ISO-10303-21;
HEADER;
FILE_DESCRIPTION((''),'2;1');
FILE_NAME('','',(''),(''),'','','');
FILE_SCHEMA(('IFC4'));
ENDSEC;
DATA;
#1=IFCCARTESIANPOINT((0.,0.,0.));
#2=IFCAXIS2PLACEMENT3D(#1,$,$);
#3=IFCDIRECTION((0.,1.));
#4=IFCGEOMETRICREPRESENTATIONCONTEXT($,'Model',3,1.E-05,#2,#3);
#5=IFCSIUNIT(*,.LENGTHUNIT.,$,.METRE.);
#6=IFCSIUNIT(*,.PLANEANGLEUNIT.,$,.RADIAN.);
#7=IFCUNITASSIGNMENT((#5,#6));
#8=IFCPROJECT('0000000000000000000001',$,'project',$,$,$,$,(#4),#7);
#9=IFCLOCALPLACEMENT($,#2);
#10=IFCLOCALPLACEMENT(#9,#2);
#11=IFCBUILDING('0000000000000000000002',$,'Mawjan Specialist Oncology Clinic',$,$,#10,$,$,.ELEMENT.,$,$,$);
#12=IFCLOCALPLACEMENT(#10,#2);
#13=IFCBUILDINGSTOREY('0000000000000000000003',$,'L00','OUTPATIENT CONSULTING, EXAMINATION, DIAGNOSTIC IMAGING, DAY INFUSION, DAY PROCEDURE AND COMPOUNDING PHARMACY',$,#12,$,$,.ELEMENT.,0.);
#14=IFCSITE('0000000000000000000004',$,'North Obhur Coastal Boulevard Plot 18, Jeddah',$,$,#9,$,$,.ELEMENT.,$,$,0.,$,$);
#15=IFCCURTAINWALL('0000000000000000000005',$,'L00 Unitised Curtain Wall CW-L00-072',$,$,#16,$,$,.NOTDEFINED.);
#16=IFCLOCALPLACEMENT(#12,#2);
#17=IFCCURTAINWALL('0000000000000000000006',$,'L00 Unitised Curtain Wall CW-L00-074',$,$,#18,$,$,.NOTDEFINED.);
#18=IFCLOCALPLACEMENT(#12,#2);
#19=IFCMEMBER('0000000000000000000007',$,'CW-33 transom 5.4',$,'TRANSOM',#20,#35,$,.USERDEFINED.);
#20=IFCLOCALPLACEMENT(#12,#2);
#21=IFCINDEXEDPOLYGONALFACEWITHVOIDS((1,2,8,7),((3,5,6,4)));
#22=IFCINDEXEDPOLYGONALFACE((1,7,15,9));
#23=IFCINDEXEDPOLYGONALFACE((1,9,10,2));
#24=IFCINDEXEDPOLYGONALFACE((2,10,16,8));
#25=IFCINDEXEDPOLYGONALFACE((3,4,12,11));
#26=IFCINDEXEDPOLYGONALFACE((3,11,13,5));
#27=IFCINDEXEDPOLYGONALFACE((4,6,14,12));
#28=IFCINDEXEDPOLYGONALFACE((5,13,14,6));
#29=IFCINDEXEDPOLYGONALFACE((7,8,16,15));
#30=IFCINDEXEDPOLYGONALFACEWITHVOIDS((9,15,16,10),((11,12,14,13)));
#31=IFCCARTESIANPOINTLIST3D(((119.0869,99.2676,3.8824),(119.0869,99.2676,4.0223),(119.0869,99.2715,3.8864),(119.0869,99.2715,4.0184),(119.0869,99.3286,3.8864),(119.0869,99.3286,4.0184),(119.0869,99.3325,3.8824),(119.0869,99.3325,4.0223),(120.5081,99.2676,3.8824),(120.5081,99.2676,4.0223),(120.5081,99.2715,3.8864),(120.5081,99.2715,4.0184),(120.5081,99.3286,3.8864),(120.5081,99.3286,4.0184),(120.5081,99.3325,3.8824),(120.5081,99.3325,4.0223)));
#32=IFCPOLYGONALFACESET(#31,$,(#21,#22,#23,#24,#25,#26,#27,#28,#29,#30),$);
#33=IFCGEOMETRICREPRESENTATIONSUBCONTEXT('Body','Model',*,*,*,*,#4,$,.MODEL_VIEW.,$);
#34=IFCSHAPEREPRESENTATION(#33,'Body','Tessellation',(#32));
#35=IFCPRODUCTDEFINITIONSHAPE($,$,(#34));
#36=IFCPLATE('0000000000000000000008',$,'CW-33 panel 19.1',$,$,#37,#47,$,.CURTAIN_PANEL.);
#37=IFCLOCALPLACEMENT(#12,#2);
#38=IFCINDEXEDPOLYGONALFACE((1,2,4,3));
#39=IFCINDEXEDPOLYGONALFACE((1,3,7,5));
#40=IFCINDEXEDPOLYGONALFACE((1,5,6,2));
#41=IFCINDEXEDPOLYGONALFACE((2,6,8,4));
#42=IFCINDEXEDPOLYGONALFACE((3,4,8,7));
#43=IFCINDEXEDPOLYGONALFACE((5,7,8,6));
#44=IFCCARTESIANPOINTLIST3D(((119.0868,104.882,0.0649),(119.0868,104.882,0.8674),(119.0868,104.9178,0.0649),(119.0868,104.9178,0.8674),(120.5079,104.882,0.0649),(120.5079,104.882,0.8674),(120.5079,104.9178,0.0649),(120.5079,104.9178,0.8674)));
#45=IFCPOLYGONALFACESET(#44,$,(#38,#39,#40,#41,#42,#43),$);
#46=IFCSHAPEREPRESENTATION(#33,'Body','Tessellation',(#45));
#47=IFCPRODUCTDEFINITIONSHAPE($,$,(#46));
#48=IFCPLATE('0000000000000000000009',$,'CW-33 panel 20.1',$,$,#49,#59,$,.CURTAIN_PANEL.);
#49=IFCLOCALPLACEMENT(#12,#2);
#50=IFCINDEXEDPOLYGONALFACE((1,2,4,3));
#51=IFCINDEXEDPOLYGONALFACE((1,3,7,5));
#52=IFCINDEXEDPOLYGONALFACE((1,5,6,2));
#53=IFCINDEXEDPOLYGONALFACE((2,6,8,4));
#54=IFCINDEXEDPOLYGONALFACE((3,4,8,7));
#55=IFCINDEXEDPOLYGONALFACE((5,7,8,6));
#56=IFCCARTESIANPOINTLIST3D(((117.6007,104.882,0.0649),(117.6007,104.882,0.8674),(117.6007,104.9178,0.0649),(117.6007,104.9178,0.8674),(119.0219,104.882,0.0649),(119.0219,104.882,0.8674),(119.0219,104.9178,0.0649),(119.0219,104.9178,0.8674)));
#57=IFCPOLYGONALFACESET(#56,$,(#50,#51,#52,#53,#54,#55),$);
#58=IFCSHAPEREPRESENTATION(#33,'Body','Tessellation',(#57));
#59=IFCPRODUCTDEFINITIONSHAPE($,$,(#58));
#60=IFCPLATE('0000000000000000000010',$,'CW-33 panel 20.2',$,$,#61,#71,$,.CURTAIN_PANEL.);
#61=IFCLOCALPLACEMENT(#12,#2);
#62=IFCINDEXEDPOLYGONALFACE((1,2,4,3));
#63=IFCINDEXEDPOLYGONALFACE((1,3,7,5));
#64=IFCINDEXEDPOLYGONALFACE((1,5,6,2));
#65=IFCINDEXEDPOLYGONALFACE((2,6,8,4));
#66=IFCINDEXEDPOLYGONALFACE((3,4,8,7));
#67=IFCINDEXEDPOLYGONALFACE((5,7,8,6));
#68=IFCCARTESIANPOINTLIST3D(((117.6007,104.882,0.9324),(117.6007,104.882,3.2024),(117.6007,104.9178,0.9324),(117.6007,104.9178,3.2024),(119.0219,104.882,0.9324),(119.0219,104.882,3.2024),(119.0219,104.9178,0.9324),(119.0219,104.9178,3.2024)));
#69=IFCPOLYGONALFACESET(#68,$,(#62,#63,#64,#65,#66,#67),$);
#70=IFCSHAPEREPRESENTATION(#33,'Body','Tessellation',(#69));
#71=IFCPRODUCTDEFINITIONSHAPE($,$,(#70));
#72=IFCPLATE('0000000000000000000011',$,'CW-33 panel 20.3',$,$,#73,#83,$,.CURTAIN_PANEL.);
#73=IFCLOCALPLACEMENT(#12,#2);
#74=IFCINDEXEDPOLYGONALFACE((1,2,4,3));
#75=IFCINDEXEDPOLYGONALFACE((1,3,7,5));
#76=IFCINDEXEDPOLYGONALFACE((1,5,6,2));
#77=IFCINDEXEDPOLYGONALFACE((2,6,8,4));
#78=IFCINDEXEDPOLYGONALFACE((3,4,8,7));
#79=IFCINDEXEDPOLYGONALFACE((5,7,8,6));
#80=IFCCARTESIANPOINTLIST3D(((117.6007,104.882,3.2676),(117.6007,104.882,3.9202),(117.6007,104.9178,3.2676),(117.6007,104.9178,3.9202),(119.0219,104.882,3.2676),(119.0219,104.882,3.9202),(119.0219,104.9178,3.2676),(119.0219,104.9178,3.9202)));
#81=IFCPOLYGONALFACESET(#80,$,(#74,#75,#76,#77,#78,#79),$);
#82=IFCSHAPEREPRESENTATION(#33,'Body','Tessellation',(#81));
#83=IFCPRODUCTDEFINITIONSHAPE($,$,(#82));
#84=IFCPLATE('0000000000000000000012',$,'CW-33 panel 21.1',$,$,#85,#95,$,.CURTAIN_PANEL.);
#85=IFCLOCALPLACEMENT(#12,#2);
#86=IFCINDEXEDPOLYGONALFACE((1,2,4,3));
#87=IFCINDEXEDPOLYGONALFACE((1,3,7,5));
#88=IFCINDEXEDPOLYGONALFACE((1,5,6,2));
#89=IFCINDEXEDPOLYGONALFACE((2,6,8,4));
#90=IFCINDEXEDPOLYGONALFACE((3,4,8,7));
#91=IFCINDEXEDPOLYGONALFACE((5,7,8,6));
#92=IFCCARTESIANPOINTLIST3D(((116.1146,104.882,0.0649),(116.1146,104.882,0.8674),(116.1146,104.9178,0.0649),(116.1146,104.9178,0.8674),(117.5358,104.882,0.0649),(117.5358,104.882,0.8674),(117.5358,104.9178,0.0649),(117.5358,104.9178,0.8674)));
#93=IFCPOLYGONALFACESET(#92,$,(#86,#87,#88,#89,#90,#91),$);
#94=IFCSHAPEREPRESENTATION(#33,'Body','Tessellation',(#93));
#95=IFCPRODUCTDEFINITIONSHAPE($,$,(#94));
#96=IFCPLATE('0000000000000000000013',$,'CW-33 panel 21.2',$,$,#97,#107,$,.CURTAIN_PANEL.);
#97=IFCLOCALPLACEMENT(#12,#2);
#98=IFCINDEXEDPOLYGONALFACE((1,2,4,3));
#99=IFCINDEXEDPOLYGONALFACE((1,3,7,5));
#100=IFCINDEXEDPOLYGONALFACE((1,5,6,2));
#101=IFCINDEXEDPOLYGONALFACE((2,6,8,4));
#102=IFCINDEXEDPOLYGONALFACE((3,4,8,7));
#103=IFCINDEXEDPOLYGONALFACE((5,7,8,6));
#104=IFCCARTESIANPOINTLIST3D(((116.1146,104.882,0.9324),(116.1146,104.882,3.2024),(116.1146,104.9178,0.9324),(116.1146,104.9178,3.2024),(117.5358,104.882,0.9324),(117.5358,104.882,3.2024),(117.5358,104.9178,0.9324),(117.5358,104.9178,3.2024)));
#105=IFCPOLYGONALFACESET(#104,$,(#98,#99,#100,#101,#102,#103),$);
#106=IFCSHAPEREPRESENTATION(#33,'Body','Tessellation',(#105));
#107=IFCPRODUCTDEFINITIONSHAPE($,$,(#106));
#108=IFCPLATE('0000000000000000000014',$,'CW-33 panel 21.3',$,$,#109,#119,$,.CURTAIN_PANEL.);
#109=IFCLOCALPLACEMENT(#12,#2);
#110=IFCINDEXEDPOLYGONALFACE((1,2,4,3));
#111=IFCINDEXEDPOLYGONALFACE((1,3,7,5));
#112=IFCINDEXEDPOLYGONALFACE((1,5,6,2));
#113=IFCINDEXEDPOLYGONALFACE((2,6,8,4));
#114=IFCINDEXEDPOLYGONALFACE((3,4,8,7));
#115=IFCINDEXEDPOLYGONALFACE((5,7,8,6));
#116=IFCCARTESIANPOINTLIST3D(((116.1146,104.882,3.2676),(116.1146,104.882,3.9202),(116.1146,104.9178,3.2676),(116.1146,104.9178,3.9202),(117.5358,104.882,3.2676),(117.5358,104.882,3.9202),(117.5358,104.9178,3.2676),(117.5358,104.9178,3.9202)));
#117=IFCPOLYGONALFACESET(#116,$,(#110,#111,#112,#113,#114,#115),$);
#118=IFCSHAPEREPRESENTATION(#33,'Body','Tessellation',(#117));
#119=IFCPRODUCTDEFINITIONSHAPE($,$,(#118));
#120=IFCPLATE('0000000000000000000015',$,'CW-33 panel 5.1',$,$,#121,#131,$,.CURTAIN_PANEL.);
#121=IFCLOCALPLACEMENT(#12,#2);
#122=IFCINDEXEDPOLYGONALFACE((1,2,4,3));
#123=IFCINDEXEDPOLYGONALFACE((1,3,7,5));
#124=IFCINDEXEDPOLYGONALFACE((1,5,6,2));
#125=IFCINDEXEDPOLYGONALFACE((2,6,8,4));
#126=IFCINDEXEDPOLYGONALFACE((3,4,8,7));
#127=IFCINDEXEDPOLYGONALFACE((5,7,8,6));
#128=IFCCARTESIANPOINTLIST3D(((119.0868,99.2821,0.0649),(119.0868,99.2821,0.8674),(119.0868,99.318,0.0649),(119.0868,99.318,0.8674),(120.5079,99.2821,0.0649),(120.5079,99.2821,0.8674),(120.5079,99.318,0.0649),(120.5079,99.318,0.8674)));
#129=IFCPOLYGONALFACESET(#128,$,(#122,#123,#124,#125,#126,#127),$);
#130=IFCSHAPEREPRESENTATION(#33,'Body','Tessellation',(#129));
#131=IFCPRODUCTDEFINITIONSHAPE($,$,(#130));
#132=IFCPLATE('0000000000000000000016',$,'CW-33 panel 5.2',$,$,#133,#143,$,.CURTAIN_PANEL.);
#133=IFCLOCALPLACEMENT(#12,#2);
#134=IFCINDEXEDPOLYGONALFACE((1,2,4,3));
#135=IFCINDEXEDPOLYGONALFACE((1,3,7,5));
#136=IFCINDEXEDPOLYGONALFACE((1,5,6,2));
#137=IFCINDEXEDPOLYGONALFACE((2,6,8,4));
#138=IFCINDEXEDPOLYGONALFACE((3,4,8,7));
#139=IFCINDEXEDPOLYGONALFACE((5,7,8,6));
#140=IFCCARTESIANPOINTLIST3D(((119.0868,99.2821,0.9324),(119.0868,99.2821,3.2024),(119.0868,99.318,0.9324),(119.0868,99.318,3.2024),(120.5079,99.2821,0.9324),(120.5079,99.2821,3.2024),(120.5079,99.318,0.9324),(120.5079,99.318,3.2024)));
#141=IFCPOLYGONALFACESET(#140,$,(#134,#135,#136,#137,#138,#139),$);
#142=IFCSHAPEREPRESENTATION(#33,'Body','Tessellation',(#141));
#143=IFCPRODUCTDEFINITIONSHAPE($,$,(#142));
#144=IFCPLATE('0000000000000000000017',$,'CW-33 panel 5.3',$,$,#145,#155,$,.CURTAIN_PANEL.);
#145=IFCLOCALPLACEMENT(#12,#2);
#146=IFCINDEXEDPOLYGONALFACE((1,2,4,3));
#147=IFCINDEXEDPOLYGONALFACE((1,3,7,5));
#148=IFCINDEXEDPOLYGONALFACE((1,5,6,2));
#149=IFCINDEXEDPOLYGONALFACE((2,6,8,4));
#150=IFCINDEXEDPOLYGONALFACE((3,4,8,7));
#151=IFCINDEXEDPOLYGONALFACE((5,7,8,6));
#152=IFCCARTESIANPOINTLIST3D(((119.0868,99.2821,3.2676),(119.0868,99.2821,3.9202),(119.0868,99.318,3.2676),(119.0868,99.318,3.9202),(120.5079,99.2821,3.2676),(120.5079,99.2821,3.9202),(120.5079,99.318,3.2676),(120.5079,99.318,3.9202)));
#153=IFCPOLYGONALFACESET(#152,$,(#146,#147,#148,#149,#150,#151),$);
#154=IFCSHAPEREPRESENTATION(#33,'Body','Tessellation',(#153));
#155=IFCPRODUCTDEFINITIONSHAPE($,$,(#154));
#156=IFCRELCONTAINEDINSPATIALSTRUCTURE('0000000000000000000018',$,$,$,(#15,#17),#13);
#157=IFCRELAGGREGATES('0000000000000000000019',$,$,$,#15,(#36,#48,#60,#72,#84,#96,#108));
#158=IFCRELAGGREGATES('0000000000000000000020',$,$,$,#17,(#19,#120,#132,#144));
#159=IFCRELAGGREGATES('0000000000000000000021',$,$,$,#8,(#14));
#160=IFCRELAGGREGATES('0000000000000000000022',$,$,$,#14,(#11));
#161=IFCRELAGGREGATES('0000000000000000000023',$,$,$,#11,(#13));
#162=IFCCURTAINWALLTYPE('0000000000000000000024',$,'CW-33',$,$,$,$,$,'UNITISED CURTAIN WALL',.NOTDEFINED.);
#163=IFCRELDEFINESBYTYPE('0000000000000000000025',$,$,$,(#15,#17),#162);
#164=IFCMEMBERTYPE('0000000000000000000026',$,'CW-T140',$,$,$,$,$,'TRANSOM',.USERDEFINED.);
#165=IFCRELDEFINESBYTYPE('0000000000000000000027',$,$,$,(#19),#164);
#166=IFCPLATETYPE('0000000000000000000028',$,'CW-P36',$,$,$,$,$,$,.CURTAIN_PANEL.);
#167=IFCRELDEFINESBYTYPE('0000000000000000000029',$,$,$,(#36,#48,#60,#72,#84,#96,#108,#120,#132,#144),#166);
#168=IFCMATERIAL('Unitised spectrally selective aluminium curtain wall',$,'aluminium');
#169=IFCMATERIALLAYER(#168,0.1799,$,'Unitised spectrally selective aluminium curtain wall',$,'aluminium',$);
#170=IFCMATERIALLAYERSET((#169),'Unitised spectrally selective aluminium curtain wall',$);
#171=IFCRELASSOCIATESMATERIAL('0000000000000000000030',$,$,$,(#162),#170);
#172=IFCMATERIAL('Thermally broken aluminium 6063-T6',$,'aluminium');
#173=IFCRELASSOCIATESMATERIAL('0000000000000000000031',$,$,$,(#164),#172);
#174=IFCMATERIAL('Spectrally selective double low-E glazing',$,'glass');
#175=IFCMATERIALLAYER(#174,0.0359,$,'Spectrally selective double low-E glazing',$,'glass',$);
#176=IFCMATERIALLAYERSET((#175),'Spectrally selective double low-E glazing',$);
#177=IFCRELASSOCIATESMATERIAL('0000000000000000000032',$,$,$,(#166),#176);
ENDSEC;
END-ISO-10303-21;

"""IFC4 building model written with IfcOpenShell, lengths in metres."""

from ifc_helpers import new_model, si_unit, direction, frame, origin, origin_2d, place, context, subcontext, project, spatial, rectangle, hollow_rectangle, extrude, material, layer, layer_set, material_profile, profile_set, type_object, element, aggregate, save


model = new_model("IFC4")

# Units and contexts
model_context = context("Model", 3, precision=1e-05, world=origin(), true_north=direction((0.0, 1.0)))
body_context = subcontext(model_context, "Body", "Model", "MODEL_VIEW")
ifc_project = project(units=[si_unit("LENGTHUNIT", "METRE"), si_unit("PLANEANGLEUNIT", "RADIAN")], contexts=[model_context])

# Site, building, storey
site_placement = place(None, origin())
site = spatial("IfcSite", under=ifc_project, at=site_placement, Name="North Obhur Coastal Boulevard Plot 18, Jeddah", CompositionType="ELEMENT", RefElevation=0.0)
building_placement = place(site_placement, origin())
building = spatial("IfcBuilding", under=site, at=building_placement, Name="Mawjan Specialist Oncology Clinic", CompositionType="ELEMENT")
storey_placement = place(building_placement, origin())
storey = spatial("IfcBuildingStorey", under=building, at=storey_placement, Name="L00", Description="OUTPATIENT CONSULTING, EXAMINATION, DIAGNOSTIC IMAGING, DAY INFUSION, DAY PROCEDURE AND COMPOUNDING PHARMACY", CompositionType="ELEMENT", Elevation=0.0)

# Curtain walls, member
ifc_material_1 = material(Name="Unitised spectrally selective aluminium curtain wall", Category="aluminium")
ifc_layer_1 = layer(ifc_material_1, 0.1799, Name="Unitised spectrally selective aluminium curtain wall", Category="aluminium")
ifc_layer_set_1 = layer_set([ifc_layer_1], Name="Unitised spectrally selective aluminium curtain wall")
curtain_wall_type = type_object("IfcCurtainWallType", Name="CW-33", ElementType="UNITISED CURTAIN WALL", PredefinedType="NOTDEFINED", material=ifc_layer_set_1)
curtain_wall_1_placement = place(storey_placement, origin())
curtain_wall_1 = element("IfcCurtainWall", 1, at=curtain_wall_1_placement, inside=storey, type_object=curtain_wall_type, Name="L00 Unitised Curtain Wall CW-L00-072", PredefinedType="NOTDEFINED")
ifc_material_2 = material(Name="Thermally broken aluminium 6063-T6", Category="aluminium")
ifc_material_profile_1 = material_profile(ifc_material_2, hollow_rectangle(XDim=0.0649, YDim=0.1399, WallThickness=0.0039, at=origin_2d()), Name="ALU TRANSOM 140x65x4", Category="aluminium")
ifc_profile_set_1 = profile_set([ifc_material_profile_1], Name="Thermally broken aluminium 6063-T6")
member_type_1 = type_object("IfcMemberType", Name="CW-T140", ElementType="TRANSOM", PredefinedType="USERDEFINED", material=ifc_profile_set_1)
curtain_wall_2_placement = place(storey_placement, origin())
curtain_wall_2 = element("IfcCurtainWall", 2, at=curtain_wall_2_placement, inside=storey, type_object=curtain_wall_type, Name="L00 Unitised Curtain Wall CW-L00-074", PredefinedType="NOTDEFINED")
member_1_placement = place(storey_placement, frame((119.0869, 99.3, 3.9524), z_axis=(1.0, 0.0, 0.0), x_axis=(0.0, 1.0, 0.0)))
member_1 = element("IfcMember", 3, at=member_1_placement, type_object=member_type_1, Name="CW-33 transom 5.4", ObjectType="TRANSOM", PredefinedType="USERDEFINED", context=body_context, shape_type="SweptSolid", body=[
    extrude(hollow_rectangle(XDim=0.0649, YDim=0.1399, WallThickness=0.0039, at=origin_2d()), origin(), (0.0, 0.0, 1.0), 1.4211),
])

# Plates
ifc_material_3 = material(Name="Spectrally selective double low-E glazing", Category="glass")
ifc_layer_2 = layer(ifc_material_3, 0.0359, Name="Spectrally selective double low-E glazing", Category="glass")
ifc_layer_set_2 = layer_set([ifc_layer_2], Name="Spectrally selective double low-E glazing")
plate_type = type_object("IfcPlateType", Name="CW-P36", PredefinedType="CURTAIN_PANEL", material=ifc_layer_set_2)
plate_1_placement = place(storey_placement, frame((119.7974, 104.8999, 0.0649), z_axis=(0.0, 0.0, 1.0), x_axis=(-1.0, 0.0, 0.0)))
plate_1 = element("IfcPlate", 4, at=plate_1_placement, type_object=plate_type, Name="CW-33 panel 19.1", PredefinedType="CURTAIN_PANEL", context=body_context, shape_type="SweptSolid", body=[
    extrude(rectangle(XDim=1.4211, YDim=0.0359, at=origin_2d()), origin(), (0.0, 0.0, 1.0), 0.8025),
])
plate_2_placement = place(storey_placement, frame((118.3113, 104.8999, 0.0649), z_axis=(0.0, 0.0, 1.0), x_axis=(-1.0, 0.0, 0.0)))
plate_2 = element("IfcPlate", 5, at=plate_2_placement, type_object=plate_type, Name="CW-33 panel 20.1", PredefinedType="CURTAIN_PANEL", context=body_context, shape_type="SweptSolid", body=[
    extrude(rectangle(XDim=1.4211, YDim=0.0359, at=origin_2d()), origin(), (0.0, 0.0, 1.0), 0.8025),
])
plate_3_placement = place(storey_placement, frame((118.3113, 104.8999, 0.9324), z_axis=(0.0, 0.0, 1.0), x_axis=(-1.0, 0.0, 0.0)))
plate_3 = element("IfcPlate", 6, at=plate_3_placement, type_object=plate_type, Name="CW-33 panel 20.2", PredefinedType="CURTAIN_PANEL", context=body_context, shape_type="SweptSolid", body=[
    extrude(rectangle(XDim=1.4211, YDim=0.0359, at=origin_2d()), origin(), (0.0, 0.0, 1.0), 2.27),
])
plate_4_placement = place(storey_placement, frame((118.3113, 104.8999, 3.2676), z_axis=(0.0, 0.0, 1.0), x_axis=(-1.0, 0.0, 0.0)))
plate_4 = element("IfcPlate", 7, at=plate_4_placement, type_object=plate_type, Name="CW-33 panel 20.3", PredefinedType="CURTAIN_PANEL", context=body_context, shape_type="SweptSolid", body=[
    extrude(rectangle(XDim=1.4211, YDim=0.0359, at=origin_2d()), origin(), (0.0, 0.0, 1.0), 0.6526),
])
plate_5_placement = place(storey_placement, frame((116.8252, 104.8999, 0.0649), z_axis=(0.0, 0.0, 1.0), x_axis=(-1.0, 0.0, 0.0)))
plate_5 = element("IfcPlate", 8, at=plate_5_placement, type_object=plate_type, Name="CW-33 panel 21.1", PredefinedType="CURTAIN_PANEL", context=body_context, shape_type="SweptSolid", body=[
    extrude(rectangle(XDim=1.4211, YDim=0.0359, at=origin_2d()), origin(), (0.0, 0.0, 1.0), 0.8025),
])
plate_6_placement = place(storey_placement, frame((116.8252, 104.8999, 0.9324), z_axis=(0.0, 0.0, 1.0), x_axis=(-1.0, 0.0, 0.0)))
plate_6 = element("IfcPlate", 9, at=plate_6_placement, type_object=plate_type, Name="CW-33 panel 21.2", PredefinedType="CURTAIN_PANEL", context=body_context, shape_type="SweptSolid", body=[
    extrude(rectangle(XDim=1.4211, YDim=0.0359, at=origin_2d()), origin(), (0.0, 0.0, 1.0), 2.27),
])
plate_7_placement = place(storey_placement, frame((116.8252, 104.8999, 3.2676), z_axis=(0.0, 0.0, 1.0), x_axis=(-1.0, 0.0, 0.0)))
plate_7 = element("IfcPlate", 10, at=plate_7_placement, type_object=plate_type, Name="CW-33 panel 21.3", PredefinedType="CURTAIN_PANEL", context=body_context, shape_type="SweptSolid", body=[
    extrude(rectangle(XDim=1.4211, YDim=0.0359, at=origin_2d()), origin(), (0.0, 0.0, 1.0), 0.6526),
])
aggregate(curtain_wall_1, [plate_1, plate_2, plate_3, plate_4, plate_5, plate_6, plate_7])
plate_8_placement = place(storey_placement, frame((119.7974, 99.3, 0.0649), z_axis=(0.0, 0.0, 1.0), x_axis=(1.0, 0.0, 0.0)))
plate_8 = element("IfcPlate", 11, at=plate_8_placement, type_object=plate_type, Name="CW-33 panel 5.1", PredefinedType="CURTAIN_PANEL", context=body_context, shape_type="SweptSolid", body=[
    extrude(rectangle(XDim=1.4211, YDim=0.0359, at=origin_2d()), origin(), (0.0, 0.0, 1.0), 0.8025),
])
plate_9_placement = place(storey_placement, frame((119.7974, 99.3, 0.9324), z_axis=(0.0, 0.0, 1.0), x_axis=(1.0, 0.0, 0.0)))
plate_9 = element("IfcPlate", 12, at=plate_9_placement, type_object=plate_type, Name="CW-33 panel 5.2", PredefinedType="CURTAIN_PANEL", context=body_context, shape_type="SweptSolid", body=[
    extrude(rectangle(XDim=1.4211, YDim=0.0359, at=origin_2d()), origin(), (0.0, 0.0, 1.0), 2.27),
])
plate_10_placement = place(storey_placement, frame((119.7974, 99.3, 3.2676), z_axis=(0.0, 0.0, 1.0), x_axis=(1.0, 0.0, 0.0)))
plate_10 = element("IfcPlate", 13, at=plate_10_placement, type_object=plate_type, Name="CW-33 panel 5.3", PredefinedType="CURTAIN_PANEL", context=body_context, shape_type="SweptSolid", body=[
    extrude(rectangle(XDim=1.4211, YDim=0.0359, at=origin_2d()), origin(), (0.0, 0.0, 1.0), 0.6526),
])
aggregate(curtain_wall_2, [member_1, plate_8, plate_9, plate_10])

save(model, "model.ifc")
